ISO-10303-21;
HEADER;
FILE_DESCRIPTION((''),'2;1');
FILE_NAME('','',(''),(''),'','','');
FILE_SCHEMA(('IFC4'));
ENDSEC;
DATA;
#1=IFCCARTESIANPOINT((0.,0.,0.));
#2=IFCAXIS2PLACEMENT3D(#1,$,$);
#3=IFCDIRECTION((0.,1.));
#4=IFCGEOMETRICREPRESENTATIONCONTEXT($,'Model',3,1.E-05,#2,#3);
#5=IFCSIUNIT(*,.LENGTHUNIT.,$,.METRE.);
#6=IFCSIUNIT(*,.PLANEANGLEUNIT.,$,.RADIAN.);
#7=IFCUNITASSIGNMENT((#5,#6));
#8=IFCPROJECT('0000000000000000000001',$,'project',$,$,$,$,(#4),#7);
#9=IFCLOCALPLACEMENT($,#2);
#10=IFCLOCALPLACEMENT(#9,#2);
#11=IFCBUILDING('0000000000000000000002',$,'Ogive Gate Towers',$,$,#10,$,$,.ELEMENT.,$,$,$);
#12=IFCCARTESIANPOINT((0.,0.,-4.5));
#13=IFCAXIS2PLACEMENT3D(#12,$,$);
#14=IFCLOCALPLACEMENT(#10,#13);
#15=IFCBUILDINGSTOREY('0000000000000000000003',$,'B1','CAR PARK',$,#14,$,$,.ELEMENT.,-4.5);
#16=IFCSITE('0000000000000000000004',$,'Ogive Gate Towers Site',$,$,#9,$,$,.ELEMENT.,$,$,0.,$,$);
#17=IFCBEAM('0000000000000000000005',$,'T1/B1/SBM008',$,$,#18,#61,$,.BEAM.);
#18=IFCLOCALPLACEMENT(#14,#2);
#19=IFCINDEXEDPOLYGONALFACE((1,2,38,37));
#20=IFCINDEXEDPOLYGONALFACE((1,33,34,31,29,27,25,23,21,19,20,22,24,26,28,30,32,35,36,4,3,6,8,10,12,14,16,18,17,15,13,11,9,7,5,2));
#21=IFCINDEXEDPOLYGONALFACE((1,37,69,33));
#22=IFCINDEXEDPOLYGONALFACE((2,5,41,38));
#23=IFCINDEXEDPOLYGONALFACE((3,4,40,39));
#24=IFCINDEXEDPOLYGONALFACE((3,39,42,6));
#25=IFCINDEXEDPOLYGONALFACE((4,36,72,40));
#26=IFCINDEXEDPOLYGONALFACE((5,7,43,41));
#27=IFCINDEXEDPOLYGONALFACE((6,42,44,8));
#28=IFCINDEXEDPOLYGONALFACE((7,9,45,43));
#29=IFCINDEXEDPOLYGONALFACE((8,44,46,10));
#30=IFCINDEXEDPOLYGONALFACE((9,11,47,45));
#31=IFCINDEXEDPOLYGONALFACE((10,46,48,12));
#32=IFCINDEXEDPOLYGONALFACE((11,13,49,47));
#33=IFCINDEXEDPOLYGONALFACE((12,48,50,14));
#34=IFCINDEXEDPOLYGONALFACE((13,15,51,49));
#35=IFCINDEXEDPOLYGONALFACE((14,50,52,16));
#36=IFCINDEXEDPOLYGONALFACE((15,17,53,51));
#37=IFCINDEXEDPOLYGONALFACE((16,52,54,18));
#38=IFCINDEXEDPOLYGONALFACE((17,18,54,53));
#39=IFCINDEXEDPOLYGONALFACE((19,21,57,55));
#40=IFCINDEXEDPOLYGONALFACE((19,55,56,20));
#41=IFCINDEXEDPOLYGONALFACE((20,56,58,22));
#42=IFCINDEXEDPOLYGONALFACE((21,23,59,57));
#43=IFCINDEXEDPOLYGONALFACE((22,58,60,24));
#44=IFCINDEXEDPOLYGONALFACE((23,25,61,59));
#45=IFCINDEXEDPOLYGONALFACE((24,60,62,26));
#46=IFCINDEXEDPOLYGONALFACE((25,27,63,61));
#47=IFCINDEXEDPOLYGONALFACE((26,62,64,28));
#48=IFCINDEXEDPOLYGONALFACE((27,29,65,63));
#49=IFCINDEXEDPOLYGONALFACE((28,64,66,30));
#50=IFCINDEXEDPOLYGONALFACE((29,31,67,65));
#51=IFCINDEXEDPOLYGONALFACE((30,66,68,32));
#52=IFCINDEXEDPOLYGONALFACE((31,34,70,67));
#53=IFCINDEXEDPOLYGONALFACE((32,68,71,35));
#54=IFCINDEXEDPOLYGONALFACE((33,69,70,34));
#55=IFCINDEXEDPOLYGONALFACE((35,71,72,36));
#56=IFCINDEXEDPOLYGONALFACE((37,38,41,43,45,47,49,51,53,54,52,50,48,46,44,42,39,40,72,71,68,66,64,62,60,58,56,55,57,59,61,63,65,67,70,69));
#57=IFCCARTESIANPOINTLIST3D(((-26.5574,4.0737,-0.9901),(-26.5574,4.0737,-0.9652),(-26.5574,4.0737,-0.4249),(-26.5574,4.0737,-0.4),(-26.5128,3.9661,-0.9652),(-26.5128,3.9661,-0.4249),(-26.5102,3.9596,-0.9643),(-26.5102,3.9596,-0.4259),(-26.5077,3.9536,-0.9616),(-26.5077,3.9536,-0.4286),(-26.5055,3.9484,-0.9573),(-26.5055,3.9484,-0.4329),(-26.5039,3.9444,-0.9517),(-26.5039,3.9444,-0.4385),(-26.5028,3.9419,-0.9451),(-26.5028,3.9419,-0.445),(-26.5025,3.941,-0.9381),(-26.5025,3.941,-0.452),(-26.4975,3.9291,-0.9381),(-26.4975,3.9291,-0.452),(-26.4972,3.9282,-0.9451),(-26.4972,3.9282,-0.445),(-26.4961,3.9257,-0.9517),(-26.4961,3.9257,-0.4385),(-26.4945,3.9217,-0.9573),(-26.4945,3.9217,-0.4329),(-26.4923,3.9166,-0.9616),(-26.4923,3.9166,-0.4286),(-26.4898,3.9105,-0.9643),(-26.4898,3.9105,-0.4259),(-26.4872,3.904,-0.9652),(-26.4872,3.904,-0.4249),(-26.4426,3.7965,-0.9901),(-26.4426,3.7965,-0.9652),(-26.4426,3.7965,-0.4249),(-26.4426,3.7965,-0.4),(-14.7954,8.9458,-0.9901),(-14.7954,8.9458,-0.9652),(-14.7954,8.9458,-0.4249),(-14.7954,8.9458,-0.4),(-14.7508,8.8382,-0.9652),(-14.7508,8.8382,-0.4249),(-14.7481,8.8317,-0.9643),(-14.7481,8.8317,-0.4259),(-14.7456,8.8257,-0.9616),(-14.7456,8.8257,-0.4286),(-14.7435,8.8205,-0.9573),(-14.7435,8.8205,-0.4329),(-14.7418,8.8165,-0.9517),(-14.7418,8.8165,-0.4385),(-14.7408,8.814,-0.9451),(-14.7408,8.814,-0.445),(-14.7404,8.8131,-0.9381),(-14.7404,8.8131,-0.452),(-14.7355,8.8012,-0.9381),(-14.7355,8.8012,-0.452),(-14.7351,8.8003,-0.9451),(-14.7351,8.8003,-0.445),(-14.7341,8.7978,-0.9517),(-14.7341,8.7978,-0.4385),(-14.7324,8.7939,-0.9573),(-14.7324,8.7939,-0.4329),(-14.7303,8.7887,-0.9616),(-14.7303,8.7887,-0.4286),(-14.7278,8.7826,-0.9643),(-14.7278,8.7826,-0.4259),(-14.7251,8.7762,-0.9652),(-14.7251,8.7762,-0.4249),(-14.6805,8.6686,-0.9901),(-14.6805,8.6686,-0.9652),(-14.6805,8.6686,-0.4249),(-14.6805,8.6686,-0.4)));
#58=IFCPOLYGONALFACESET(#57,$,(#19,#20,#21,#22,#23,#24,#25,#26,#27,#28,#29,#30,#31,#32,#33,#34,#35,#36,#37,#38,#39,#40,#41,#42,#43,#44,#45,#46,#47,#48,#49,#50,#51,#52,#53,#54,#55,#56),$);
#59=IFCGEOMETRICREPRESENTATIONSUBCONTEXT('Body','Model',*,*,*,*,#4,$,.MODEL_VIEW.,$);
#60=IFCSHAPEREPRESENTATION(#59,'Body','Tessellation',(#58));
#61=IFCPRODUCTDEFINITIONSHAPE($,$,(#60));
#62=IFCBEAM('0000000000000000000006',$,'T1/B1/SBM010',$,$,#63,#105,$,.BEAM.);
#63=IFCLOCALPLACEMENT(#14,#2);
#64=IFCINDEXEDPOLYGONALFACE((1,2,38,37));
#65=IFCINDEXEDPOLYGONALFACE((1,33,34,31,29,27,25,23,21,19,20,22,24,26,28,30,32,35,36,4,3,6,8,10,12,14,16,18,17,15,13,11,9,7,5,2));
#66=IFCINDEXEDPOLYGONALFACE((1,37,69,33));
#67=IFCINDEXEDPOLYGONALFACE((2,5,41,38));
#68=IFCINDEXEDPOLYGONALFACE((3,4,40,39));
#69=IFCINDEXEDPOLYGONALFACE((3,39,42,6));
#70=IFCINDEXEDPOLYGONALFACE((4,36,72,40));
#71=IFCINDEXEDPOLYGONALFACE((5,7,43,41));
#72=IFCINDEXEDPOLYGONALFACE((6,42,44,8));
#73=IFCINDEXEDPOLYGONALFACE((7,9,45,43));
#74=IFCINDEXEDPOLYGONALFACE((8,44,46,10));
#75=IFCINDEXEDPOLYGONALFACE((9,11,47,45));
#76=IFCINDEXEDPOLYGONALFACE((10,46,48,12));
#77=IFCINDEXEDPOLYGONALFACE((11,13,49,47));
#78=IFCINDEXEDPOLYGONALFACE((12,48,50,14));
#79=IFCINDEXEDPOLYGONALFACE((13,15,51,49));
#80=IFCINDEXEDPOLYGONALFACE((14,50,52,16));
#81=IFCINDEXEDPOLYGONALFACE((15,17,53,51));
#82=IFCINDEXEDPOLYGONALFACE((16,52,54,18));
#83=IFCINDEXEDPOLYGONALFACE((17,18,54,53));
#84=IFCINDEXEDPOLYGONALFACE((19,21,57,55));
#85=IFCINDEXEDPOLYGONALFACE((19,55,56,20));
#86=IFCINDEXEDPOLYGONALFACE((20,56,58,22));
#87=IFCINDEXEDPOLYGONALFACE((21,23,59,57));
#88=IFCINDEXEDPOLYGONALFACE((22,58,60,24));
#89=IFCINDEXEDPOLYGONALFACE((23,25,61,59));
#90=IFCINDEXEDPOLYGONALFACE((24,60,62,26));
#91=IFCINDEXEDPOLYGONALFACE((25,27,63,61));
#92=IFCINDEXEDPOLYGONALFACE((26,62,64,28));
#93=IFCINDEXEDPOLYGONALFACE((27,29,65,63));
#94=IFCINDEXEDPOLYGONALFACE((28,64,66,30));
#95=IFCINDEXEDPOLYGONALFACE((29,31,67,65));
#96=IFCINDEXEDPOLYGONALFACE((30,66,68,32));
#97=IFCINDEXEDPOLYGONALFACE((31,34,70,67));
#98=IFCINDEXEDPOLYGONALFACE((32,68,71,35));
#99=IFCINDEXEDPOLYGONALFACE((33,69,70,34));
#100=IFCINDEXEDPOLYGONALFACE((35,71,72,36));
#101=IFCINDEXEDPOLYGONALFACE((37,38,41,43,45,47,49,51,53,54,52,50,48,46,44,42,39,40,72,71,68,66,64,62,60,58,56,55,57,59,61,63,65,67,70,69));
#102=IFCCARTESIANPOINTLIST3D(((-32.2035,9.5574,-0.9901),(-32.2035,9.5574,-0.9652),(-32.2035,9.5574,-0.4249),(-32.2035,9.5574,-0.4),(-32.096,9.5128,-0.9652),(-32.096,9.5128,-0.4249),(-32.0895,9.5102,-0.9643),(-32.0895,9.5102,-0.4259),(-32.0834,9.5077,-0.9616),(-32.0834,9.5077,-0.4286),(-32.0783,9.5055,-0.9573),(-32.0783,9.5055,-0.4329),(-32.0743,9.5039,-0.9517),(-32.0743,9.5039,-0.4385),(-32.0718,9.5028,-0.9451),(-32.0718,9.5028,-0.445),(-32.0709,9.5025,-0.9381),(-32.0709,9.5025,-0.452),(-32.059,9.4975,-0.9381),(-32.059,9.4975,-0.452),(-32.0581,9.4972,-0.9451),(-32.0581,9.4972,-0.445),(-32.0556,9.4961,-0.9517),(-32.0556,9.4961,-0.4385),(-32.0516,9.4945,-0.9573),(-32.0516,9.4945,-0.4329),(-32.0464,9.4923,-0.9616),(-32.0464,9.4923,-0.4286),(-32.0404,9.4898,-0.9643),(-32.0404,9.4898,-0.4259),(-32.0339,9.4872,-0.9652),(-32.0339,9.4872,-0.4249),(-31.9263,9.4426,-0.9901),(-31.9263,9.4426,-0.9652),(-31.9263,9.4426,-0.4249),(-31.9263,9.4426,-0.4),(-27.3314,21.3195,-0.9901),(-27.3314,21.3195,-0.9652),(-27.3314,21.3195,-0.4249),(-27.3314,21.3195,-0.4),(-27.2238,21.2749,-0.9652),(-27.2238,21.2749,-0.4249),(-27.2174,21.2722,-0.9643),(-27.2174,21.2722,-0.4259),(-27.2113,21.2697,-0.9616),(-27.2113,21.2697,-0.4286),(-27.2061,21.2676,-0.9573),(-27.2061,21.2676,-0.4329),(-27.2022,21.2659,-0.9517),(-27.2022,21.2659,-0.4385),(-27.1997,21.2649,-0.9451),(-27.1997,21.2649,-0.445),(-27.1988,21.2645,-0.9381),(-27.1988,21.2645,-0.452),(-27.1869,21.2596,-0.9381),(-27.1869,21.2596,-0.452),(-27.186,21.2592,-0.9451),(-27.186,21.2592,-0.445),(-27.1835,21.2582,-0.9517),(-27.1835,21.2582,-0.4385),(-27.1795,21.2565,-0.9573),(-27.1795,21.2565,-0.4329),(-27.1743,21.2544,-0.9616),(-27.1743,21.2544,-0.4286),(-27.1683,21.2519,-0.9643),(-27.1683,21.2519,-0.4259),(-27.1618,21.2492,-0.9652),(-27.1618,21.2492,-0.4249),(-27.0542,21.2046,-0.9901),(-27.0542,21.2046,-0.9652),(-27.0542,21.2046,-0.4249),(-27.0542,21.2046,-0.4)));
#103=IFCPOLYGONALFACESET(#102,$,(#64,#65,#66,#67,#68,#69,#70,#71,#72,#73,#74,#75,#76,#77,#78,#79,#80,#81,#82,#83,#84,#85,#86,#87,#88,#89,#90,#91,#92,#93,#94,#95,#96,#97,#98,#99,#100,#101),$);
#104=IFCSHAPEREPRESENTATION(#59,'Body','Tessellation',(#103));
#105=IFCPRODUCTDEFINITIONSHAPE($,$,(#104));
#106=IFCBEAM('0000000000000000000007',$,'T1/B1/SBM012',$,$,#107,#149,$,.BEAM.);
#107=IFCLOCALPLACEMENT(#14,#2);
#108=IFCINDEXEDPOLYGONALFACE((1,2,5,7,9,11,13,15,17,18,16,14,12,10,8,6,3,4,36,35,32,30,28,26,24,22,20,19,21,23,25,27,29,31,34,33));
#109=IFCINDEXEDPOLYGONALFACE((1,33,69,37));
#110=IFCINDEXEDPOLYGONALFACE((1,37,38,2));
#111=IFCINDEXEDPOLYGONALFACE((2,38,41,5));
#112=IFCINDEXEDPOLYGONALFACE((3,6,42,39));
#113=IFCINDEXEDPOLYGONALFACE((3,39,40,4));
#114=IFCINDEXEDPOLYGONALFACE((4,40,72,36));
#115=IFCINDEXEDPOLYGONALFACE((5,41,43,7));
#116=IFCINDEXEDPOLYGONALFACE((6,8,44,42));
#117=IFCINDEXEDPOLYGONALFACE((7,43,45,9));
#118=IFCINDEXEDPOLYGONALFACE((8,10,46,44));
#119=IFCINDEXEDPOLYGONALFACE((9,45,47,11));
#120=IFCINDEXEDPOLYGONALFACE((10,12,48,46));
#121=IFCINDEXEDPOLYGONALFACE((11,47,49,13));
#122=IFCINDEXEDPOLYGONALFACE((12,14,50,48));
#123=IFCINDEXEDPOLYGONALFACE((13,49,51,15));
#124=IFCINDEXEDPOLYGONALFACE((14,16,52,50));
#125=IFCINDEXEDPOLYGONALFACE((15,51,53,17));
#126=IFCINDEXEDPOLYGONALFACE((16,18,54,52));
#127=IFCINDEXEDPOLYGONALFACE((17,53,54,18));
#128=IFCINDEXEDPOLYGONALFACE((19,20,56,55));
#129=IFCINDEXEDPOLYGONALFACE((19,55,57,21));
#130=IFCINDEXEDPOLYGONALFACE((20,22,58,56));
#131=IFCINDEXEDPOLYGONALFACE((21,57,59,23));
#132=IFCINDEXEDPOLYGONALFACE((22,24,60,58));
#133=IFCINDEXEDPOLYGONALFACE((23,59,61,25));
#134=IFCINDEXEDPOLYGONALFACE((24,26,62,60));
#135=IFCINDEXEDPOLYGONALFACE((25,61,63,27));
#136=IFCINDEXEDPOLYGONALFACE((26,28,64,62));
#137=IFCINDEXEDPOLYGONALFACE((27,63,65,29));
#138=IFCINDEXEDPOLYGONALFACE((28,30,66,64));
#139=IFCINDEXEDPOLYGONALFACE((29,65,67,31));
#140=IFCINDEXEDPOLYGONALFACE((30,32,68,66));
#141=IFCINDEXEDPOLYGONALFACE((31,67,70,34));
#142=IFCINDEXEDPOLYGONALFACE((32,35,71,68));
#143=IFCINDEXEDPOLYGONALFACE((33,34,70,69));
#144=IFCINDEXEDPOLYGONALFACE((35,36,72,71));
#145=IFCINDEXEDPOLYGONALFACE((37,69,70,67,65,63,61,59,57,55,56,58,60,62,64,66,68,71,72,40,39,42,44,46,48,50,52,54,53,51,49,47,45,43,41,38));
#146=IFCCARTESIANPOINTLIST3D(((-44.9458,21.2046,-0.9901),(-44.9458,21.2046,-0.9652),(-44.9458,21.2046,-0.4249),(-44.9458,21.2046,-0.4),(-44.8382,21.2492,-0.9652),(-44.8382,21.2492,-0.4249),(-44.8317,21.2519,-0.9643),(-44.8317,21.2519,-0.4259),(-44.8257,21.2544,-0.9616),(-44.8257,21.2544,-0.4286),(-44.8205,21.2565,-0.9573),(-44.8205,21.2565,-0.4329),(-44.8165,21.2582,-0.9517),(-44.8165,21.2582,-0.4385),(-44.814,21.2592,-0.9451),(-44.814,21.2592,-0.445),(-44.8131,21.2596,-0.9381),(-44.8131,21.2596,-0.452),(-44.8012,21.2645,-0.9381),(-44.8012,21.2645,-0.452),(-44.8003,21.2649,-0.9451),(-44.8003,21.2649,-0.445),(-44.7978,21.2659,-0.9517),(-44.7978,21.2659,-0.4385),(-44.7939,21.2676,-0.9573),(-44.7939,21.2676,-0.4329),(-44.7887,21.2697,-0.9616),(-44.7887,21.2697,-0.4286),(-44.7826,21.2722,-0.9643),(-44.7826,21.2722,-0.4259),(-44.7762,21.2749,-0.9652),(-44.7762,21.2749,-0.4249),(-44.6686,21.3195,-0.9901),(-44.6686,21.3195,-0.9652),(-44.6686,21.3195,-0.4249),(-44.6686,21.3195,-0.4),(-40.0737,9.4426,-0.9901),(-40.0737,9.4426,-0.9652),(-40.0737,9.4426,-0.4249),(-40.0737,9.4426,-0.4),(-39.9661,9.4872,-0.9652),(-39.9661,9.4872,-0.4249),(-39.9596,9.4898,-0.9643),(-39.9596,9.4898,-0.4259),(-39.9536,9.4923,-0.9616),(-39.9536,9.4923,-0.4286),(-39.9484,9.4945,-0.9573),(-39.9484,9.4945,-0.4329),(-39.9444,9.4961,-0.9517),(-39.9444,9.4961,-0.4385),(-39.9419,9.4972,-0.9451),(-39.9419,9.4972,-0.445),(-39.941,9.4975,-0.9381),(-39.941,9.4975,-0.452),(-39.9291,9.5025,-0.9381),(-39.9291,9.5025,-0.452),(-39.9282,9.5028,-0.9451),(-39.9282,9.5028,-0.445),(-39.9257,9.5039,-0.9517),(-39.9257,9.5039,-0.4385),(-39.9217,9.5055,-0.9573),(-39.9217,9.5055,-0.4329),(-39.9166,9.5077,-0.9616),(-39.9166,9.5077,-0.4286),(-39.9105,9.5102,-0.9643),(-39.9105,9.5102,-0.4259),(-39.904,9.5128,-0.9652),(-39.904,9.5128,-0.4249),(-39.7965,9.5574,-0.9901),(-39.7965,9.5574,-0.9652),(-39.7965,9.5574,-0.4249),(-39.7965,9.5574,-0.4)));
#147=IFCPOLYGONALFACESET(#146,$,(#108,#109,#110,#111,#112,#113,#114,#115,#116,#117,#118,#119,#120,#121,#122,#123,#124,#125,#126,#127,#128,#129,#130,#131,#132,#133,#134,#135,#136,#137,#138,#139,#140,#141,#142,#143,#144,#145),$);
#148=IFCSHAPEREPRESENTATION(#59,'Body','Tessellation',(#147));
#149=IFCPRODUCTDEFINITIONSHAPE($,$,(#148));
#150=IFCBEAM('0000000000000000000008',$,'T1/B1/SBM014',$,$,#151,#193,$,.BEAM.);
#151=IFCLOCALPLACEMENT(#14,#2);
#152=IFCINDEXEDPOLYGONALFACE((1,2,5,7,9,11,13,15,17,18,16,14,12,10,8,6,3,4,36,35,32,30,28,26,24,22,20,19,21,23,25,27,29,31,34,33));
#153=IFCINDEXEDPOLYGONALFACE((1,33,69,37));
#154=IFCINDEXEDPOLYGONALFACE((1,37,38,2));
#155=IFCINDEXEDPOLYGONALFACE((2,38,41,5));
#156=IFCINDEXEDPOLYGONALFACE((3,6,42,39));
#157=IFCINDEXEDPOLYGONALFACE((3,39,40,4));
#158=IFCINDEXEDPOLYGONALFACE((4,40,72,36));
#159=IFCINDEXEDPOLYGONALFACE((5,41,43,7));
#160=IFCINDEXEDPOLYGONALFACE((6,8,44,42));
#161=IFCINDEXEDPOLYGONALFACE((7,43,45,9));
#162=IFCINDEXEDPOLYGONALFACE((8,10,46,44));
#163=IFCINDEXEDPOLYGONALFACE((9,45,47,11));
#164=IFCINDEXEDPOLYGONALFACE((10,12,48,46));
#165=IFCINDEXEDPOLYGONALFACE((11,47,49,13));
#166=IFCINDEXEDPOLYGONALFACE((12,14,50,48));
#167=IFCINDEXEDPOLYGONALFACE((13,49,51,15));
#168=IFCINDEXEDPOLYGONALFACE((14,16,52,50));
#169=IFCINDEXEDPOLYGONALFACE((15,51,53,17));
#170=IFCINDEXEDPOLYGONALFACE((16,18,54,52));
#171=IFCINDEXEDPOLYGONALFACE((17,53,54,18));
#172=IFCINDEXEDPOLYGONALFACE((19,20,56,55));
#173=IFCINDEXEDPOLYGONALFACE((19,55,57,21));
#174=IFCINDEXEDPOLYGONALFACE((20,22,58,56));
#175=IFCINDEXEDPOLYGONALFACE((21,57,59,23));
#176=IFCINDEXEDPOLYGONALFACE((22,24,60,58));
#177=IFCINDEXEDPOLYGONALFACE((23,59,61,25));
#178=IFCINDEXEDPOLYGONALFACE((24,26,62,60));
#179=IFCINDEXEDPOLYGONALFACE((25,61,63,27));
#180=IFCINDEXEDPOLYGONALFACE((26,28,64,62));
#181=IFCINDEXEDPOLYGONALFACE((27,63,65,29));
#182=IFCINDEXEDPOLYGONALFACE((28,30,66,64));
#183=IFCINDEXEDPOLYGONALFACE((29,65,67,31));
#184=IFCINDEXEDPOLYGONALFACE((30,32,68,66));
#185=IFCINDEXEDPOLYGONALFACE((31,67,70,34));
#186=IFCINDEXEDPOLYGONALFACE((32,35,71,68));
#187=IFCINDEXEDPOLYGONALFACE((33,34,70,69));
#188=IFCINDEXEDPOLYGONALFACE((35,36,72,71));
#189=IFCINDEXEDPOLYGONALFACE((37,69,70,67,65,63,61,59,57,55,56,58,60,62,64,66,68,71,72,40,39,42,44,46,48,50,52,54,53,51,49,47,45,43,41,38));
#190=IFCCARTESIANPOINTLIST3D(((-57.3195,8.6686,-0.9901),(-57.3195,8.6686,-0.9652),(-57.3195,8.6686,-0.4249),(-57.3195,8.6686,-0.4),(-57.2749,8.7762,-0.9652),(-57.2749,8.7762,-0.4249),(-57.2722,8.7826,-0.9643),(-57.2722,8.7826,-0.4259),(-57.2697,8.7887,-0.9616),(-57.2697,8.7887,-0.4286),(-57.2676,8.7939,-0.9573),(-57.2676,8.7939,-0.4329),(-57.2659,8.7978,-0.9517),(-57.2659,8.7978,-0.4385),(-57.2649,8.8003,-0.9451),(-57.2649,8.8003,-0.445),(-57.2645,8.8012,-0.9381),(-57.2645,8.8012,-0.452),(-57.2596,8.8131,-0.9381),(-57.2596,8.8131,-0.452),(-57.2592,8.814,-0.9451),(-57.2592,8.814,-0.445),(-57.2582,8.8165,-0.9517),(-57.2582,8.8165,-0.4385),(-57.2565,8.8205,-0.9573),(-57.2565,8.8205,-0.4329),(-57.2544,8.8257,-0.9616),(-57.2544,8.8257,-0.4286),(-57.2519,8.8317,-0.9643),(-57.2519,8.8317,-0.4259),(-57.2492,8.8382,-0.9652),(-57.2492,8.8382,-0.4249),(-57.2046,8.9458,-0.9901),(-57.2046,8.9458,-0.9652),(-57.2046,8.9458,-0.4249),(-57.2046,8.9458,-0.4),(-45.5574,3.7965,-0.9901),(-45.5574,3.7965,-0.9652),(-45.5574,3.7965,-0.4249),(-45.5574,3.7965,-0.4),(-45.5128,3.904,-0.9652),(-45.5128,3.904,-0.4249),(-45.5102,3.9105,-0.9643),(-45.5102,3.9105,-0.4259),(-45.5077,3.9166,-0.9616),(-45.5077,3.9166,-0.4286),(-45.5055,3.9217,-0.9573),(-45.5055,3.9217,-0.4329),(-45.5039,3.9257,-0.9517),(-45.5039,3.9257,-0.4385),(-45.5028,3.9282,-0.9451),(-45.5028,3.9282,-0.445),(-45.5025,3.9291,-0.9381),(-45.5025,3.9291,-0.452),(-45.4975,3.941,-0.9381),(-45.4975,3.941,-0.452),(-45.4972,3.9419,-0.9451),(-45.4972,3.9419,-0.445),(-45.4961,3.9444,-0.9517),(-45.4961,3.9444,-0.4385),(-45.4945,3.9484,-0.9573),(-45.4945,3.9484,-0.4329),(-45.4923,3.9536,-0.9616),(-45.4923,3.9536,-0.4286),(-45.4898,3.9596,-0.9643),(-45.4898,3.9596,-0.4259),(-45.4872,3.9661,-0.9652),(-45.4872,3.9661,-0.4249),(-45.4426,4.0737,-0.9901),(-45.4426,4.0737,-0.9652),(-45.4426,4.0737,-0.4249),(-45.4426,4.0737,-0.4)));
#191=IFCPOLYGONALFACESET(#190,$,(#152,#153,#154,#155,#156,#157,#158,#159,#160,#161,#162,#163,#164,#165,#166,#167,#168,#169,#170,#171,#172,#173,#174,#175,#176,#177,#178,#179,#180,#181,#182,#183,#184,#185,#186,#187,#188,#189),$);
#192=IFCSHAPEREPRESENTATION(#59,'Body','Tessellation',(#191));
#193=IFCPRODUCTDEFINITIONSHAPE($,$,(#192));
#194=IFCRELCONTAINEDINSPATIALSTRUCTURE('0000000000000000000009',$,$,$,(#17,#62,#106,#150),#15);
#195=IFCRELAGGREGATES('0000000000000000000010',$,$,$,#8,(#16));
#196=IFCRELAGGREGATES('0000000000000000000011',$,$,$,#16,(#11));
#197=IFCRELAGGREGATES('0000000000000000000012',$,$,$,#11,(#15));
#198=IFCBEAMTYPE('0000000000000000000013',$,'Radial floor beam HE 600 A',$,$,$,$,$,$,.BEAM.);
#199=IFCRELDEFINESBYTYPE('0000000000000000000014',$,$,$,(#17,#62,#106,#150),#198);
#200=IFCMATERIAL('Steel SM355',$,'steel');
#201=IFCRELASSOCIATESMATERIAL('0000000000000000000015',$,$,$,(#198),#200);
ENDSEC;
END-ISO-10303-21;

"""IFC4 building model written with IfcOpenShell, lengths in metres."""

from ifc_helpers import new_model, si_unit, direction, frame, origin, origin_2d, place, context, subcontext, project, spatial, i_section, extrude, material, material_profile, profile_set, type_object, element, save


model = new_model("IFC4")

# Units and contexts
model_context = context("Model", 3, precision=1e-05, world=origin(), true_north=direction((0.0, 1.0)))
body_context = subcontext(model_context, "Body", "Model", "MODEL_VIEW")
ifc_project = project(units=[si_unit("LENGTHUNIT", "METRE"), si_unit("PLANEANGLEUNIT", "RADIAN")], contexts=[model_context])

# Site, building, storey
site_placement = place(None, origin())
site = spatial("IfcSite", under=ifc_project, at=site_placement, Name="Ogive Gate Towers Site", CompositionType="ELEMENT", RefElevation=0.0)
building_placement = place(site_placement, origin())
building = spatial("IfcBuilding", under=site, at=building_placement, Name="Ogive Gate Towers", CompositionType="ELEMENT")
storey_placement = place(building_placement, frame((0.0, 0.0, -4.5)))
storey = spatial("IfcBuildingStorey", under=building, at=storey_placement, Name="B1", Description="CAR PARK", CompositionType="ELEMENT", Elevation=-4.5)

# Beams
ifc_material_1 = material(Name="Steel SM355", Category="steel")
ifc_material_profile_1 = material_profile(ifc_material_1, i_section(OverallWidth=0.3, OverallDepth=0.5901, WebThickness=0.0129, FlangeThickness=0.0249, FilletRadius=0.0271, at=origin_2d()), Name="HE 600 A")
ifc_profile_set_1 = profile_set([ifc_material_profile_1], Name="Steel SM355")
beam_type_1 = type_object("IfcBeamType", Name="Radial floor beam HE 600 A", PredefinedType="BEAM", material=ifc_profile_set_1)
for number, where, z_axis, x_axis, name in (
    (1, (-26.5, 3.9351, -0.6951), (0.923877, 0.382691, 0.0), (-0.382691, 0.923877, 0.0), "T1/B1/SBM008"),
    (2, (-32.0649, 9.5, -0.6951), (0.382691, 0.923877, 0.0), (-0.923877, 0.382691, 0.0), "T1/B1/SBM010"),
    (3, (-39.9351, 9.5, -0.6951), (-0.382691, 0.923877, 0.0), (-0.923877, -0.382691, 0.0), "T1/B1/SBM012"),
    (4, (-45.5, 3.9351, -0.6951), (-0.923877, 0.382691, 0.0), (-0.382691, -0.923877, 0.0), "T1/B1/SBM014"),
):
    element("IfcBeam", number, at=place(storey_placement, frame(where, z_axis=z_axis, x_axis=x_axis)), inside=storey, type_object=beam_type_1, Name=name, PredefinedType="BEAM", context=body_context, shape_type="SweptSolid", body=[
        extrude(i_section(OverallWidth=0.3, OverallDepth=0.5901, WebThickness=0.0129, FlangeThickness=0.0249, FilletRadius=0.0271, at=origin_2d()), origin(), (0.0, 0.0, 1.0), 12.7312),
    ])

save(model, "model.ifc")
